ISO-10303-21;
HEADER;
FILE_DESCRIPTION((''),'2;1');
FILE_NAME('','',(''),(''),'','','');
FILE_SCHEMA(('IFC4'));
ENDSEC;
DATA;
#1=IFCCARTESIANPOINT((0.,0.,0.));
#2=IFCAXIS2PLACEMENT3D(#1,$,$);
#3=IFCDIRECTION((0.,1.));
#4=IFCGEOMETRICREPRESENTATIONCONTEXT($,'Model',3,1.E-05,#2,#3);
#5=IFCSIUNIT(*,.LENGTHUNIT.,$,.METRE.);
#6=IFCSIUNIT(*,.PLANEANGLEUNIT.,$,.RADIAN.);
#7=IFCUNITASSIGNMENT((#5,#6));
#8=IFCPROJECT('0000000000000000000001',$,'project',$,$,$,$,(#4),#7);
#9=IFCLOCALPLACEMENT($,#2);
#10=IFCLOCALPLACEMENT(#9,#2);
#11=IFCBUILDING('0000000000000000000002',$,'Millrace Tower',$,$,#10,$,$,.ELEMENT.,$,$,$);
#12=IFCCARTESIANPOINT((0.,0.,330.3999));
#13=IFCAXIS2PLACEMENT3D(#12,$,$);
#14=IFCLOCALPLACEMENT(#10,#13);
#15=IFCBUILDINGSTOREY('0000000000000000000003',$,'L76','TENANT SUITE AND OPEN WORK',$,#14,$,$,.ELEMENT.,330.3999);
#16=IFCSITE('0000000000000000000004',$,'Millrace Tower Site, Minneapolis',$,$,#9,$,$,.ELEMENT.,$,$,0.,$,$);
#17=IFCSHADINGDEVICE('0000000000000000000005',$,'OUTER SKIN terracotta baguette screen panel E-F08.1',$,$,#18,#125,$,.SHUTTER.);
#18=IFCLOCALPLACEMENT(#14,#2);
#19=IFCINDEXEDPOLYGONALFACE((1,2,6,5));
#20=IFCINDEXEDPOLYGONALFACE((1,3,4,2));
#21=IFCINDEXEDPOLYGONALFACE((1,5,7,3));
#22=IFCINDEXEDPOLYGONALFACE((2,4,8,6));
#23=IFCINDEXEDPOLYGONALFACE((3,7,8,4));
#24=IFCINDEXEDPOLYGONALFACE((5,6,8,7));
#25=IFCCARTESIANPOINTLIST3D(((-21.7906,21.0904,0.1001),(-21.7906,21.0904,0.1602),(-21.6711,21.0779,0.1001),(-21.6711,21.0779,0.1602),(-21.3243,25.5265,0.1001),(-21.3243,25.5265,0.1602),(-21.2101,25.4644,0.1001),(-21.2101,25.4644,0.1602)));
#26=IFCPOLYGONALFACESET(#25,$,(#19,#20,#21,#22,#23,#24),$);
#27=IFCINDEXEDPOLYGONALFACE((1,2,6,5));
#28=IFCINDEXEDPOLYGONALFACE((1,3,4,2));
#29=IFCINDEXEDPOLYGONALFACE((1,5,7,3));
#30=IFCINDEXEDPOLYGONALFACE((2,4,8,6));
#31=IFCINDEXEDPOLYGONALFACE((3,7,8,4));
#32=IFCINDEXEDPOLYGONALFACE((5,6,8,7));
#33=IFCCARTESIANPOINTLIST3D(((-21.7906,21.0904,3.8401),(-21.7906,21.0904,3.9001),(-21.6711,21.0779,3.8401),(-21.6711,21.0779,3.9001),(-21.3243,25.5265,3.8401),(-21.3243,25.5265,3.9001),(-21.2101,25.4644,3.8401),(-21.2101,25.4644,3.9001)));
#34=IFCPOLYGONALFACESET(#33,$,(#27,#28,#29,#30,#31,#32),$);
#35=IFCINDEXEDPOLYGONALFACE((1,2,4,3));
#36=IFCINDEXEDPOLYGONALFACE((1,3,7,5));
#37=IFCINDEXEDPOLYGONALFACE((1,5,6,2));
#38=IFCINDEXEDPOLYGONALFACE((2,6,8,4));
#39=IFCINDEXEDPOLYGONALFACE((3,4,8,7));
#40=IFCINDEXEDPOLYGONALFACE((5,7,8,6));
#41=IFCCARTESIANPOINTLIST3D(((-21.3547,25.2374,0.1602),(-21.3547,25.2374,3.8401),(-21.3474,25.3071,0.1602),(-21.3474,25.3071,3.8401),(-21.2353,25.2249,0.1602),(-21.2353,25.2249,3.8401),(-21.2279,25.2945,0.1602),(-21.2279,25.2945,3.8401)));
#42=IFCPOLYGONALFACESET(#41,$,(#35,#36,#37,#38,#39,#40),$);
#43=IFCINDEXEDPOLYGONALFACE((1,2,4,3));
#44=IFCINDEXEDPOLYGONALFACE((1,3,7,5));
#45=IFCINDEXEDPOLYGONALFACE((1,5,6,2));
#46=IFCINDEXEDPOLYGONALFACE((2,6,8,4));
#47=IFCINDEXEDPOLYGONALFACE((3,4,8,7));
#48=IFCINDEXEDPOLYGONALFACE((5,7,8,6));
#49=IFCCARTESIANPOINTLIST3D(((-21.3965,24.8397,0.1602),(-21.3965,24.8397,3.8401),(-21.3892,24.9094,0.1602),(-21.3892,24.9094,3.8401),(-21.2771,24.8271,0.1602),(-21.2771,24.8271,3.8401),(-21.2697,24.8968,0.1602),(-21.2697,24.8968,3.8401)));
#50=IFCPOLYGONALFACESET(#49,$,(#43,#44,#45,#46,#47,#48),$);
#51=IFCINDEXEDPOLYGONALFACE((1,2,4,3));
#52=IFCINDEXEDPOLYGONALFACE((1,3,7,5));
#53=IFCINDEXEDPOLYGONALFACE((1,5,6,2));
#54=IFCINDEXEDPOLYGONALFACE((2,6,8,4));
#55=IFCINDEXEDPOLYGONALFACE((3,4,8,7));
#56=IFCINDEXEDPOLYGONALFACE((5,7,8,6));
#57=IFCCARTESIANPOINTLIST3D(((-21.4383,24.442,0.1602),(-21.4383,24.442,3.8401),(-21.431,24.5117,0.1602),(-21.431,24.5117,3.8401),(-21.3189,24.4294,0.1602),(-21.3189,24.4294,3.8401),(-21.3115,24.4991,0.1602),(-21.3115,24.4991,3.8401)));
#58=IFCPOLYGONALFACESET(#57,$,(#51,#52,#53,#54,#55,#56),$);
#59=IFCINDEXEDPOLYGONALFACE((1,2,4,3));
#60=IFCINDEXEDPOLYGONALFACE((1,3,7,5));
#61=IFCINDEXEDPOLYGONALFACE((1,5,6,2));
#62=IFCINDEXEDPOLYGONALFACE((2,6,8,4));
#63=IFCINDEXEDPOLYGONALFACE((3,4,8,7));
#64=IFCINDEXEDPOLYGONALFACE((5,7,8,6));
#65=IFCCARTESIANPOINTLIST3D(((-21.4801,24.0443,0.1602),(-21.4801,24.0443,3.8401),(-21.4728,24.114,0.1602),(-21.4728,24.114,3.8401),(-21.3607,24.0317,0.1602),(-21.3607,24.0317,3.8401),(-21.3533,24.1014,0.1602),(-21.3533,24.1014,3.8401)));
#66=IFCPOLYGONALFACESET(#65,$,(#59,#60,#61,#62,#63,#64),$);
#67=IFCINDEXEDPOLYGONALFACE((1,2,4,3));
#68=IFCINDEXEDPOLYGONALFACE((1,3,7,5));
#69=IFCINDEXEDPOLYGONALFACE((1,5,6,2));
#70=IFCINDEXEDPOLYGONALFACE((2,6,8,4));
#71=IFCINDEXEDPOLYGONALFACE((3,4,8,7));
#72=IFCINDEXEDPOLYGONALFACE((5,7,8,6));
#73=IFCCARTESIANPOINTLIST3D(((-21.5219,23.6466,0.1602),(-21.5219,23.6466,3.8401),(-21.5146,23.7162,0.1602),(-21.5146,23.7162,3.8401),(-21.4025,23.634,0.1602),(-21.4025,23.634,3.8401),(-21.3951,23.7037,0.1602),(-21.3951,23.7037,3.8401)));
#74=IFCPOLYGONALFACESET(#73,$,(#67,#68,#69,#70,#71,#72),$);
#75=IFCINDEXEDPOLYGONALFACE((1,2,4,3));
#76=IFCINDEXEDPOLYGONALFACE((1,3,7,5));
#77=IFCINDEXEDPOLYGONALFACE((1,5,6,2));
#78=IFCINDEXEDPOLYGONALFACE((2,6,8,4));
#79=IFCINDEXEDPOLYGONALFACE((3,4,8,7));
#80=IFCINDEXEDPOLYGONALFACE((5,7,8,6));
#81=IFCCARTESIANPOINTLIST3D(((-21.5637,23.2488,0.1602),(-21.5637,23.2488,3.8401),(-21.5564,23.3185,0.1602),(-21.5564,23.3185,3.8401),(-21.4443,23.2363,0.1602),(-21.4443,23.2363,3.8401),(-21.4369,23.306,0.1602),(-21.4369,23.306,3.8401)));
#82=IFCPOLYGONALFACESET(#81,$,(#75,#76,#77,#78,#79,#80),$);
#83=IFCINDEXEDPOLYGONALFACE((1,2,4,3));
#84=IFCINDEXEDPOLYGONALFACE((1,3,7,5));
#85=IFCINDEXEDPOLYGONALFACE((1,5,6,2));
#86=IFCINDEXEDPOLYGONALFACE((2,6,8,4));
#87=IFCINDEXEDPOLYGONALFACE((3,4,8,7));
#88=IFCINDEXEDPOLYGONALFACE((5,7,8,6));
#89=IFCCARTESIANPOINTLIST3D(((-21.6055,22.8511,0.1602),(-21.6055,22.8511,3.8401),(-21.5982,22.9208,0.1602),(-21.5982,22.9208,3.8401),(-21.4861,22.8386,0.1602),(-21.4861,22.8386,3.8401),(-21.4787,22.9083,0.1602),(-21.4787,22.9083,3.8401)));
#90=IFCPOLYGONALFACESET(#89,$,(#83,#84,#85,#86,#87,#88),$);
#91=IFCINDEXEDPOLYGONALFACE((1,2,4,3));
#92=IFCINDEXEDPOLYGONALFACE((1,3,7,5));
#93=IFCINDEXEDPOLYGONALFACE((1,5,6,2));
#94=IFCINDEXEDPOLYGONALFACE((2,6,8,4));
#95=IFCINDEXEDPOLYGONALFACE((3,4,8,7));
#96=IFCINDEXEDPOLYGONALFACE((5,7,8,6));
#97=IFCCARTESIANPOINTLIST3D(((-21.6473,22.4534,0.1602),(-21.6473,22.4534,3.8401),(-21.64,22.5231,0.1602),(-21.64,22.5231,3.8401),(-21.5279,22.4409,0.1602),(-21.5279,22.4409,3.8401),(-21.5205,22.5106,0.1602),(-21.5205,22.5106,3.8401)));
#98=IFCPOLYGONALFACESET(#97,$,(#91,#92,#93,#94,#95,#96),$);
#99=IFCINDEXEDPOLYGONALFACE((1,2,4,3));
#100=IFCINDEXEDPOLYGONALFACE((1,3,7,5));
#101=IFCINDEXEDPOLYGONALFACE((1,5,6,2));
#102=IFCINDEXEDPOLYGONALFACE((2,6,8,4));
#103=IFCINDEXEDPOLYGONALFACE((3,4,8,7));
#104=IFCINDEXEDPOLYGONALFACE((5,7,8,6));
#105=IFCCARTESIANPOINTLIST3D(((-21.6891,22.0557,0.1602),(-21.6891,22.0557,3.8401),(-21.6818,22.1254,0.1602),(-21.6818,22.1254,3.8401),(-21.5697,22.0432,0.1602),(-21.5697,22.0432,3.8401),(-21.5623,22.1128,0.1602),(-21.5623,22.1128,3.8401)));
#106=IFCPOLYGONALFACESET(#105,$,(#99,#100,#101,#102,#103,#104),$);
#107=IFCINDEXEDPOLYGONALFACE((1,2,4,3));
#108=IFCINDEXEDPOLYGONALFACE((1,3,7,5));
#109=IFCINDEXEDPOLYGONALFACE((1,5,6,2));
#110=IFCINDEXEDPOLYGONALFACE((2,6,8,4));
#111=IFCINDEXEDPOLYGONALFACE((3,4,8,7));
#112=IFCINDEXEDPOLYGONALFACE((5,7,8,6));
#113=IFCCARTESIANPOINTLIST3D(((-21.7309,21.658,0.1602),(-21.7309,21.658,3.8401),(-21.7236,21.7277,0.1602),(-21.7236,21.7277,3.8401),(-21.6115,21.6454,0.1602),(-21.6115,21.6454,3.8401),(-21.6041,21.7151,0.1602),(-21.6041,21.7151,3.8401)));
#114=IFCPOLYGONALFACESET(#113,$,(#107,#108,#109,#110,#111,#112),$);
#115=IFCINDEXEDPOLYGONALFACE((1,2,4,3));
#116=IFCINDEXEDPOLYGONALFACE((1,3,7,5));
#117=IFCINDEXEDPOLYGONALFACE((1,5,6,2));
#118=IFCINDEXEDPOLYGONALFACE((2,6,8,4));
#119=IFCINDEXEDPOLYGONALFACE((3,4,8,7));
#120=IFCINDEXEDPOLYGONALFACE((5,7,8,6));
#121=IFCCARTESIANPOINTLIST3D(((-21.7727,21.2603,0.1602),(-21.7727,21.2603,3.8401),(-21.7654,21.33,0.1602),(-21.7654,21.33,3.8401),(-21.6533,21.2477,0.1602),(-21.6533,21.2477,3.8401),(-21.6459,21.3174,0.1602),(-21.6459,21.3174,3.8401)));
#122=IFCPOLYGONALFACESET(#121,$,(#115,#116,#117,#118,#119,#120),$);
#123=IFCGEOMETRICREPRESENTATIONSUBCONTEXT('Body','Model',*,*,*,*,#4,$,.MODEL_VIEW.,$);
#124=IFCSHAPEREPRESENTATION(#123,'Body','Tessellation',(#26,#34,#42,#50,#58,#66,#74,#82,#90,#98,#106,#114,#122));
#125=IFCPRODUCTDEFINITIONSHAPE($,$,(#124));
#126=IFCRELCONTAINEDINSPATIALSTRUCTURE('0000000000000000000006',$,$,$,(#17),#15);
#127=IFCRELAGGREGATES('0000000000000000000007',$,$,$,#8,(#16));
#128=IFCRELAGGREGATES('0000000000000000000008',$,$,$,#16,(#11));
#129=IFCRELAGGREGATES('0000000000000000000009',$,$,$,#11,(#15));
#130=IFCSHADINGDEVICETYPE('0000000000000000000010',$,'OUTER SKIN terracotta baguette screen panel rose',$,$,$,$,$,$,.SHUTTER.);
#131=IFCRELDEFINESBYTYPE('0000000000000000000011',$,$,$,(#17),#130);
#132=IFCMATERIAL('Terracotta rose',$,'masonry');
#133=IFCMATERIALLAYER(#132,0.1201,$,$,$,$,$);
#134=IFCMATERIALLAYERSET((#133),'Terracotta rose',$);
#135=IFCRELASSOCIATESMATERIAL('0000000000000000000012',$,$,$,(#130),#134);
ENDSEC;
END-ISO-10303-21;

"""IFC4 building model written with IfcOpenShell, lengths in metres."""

from ifc_helpers import new_model, entity, si_unit, direction, frame, frame_2d, origin, place, context, subcontext, project, spatial, rectangle, extrude, source, transform, mapped, material, layer, layer_set, type_object, element, save


model = new_model("IFC4")

# Units and contexts
model_context = context("Model", 3, precision=1e-05, world=origin(), true_north=direction((0.0, 1.0)))
body_context = subcontext(model_context, "Body", "Model", "MODEL_VIEW")
ifc_project = project(units=[si_unit("LENGTHUNIT", "METRE"), si_unit("PLANEANGLEUNIT", "RADIAN")], contexts=[model_context])

# Site, building, storey
site_placement = place(None, origin())
site = spatial("IfcSite", under=ifc_project, at=site_placement, Name="Millrace Tower Site, Minneapolis", CompositionType="ELEMENT", RefElevation=0.0)
building_placement = place(site_placement, origin())
building = spatial("IfcBuilding", under=site, at=building_placement, Name="Millrace Tower", CompositionType="ELEMENT")
storey_placement = place(building_placement, frame((0.0, 0.0, 330.3999)))
storey = spatial("IfcBuildingStorey", under=building, at=storey_placement, Name="L76", Description="TENANT SUITE AND OPEN WORK", CompositionType="ELEMENT", Elevation=330.3999)

# Shading device
ifc_material_1 = material(Name="Terracotta rose", Category="masonry")
ifc_layer_1 = layer(ifc_material_1, 0.1201)
ifc_layer_set_1 = layer_set([ifc_layer_1], Name="Terracotta rose")
shading_device_type = type_object("IfcShadingDeviceType", Name="OUTER SKIN terracotta baguette screen panel rose", PredefinedType="SHUTTER", material=ifc_layer_set_1)
cartesian_point_1 = entity("IfcCartesianPoint", [-2.1929, 0.0601])
shared_polyline_1 = entity("IfcPolyline", [cartesian_point_1, entity("IfcCartesianPoint", [2.2178, 0.0601]), entity("IfcCartesianPoint", [2.2178, -0.0601]), entity("IfcCartesianPoint", [-2.2427, -0.0601]), cartesian_point_1])
shared_shape_1 = source(origin(), body_context, "Body", "SweptSolid", [
    entity("IfcExtrudedAreaSolid", entity("IfcArbitraryClosedProfileDef", "AREA", None, shared_polyline_1), entity("IfcAxis2Placement3D", entity("IfcCartesianPoint", [0.0, 0.0, 0.0])), entity("IfcDirection", [0.0, 0.0, 1.0]), 0.0601),
    entity("IfcExtrudedAreaSolid", entity("IfcArbitraryClosedProfileDef", "AREA", None, shared_polyline_1), entity("IfcAxis2Placement3D", entity("IfcCartesianPoint", [0.0, 0.0, 3.74])), entity("IfcDirection", [0.0, 0.0, 1.0]), 0.0601),
    extrude(rectangle(XDim=0.0701, YDim=0.1201, at=frame_2d((-1.9871, 0.0))), frame((0.0, 0.0, 0.0601)), (0.0, 0.0, 1.0), 3.6799),
    extrude(rectangle(XDim=0.0701, YDim=0.1201, at=frame_2d((-1.5872, 0.0))), frame((0.0, 0.0, 0.0601)), (0.0, 0.0, 1.0), 3.6799),
    extrude(rectangle(XDim=0.0701, YDim=0.1201, at=frame_2d((-1.1873, 0.0))), frame((0.0, 0.0, 0.0601)), (0.0, 0.0, 1.0), 3.6799),
    extrude(rectangle(XDim=0.0701, YDim=0.1201, at=frame_2d((-0.7874, 0.0))), frame((0.0, 0.0, 0.0601)), (0.0, 0.0, 1.0), 3.6799),
    extrude(rectangle(XDim=0.0701, YDim=0.1201, at=frame_2d((-0.3875, 0.0))), frame((0.0, 0.0, 0.0601)), (0.0, 0.0, 1.0), 3.6799),
    extrude(rectangle(XDim=0.0701, YDim=0.1201, at=frame_2d((0.0125, 0.0))), frame((0.0, 0.0, 0.0601)), (0.0, 0.0, 1.0), 3.6799),
    extrude(rectangle(XDim=0.0701, YDim=0.1201, at=frame_2d((0.4124, 0.0))), frame((0.0, 0.0, 0.0601)), (0.0, 0.0, 1.0), 3.6799),
    extrude(rectangle(XDim=0.0701, YDim=0.1201, at=frame_2d((0.8123, 0.0))), frame((0.0, 0.0, 0.0601)), (0.0, 0.0, 1.0), 3.6799),
    extrude(rectangle(XDim=0.0701, YDim=0.1201, at=frame_2d((1.2122, 0.0))), frame((0.0, 0.0, 0.0601)), (0.0, 0.0, 1.0), 3.6799),
    extrude(rectangle(XDim=0.0701, YDim=0.1201, at=frame_2d((1.6121, 0.0))), frame((0.0, 0.0, 0.0601)), (0.0, 0.0, 1.0), 3.6799),
    extrude(rectangle(XDim=0.0701, YDim=0.1201, at=frame_2d((2.012, 0.0))), frame((0.0, 0.0, 0.0601)), (0.0, 0.0, 1.0), 3.6799),
])
shading_device_1_placement = place(storey_placement, frame((-21.499, 23.2898, 0.1001), z_axis=(0.0, 0.0, 1.0), x_axis=(-0.104528, -0.994522, 0.0)))
element("IfcShadingDevice", 1, at=shading_device_1_placement, inside=storey, type_object=shading_device_type, Name="OUTER SKIN terracotta baguette screen panel E-F08.1", PredefinedType="SHUTTER", context=body_context, shape_type="MappedRepresentation", body=[
    mapped(shared_shape_1, transform((0.0, 0.0, 0.0), scale=1.0)),
])

save(model, "model.ifc")
